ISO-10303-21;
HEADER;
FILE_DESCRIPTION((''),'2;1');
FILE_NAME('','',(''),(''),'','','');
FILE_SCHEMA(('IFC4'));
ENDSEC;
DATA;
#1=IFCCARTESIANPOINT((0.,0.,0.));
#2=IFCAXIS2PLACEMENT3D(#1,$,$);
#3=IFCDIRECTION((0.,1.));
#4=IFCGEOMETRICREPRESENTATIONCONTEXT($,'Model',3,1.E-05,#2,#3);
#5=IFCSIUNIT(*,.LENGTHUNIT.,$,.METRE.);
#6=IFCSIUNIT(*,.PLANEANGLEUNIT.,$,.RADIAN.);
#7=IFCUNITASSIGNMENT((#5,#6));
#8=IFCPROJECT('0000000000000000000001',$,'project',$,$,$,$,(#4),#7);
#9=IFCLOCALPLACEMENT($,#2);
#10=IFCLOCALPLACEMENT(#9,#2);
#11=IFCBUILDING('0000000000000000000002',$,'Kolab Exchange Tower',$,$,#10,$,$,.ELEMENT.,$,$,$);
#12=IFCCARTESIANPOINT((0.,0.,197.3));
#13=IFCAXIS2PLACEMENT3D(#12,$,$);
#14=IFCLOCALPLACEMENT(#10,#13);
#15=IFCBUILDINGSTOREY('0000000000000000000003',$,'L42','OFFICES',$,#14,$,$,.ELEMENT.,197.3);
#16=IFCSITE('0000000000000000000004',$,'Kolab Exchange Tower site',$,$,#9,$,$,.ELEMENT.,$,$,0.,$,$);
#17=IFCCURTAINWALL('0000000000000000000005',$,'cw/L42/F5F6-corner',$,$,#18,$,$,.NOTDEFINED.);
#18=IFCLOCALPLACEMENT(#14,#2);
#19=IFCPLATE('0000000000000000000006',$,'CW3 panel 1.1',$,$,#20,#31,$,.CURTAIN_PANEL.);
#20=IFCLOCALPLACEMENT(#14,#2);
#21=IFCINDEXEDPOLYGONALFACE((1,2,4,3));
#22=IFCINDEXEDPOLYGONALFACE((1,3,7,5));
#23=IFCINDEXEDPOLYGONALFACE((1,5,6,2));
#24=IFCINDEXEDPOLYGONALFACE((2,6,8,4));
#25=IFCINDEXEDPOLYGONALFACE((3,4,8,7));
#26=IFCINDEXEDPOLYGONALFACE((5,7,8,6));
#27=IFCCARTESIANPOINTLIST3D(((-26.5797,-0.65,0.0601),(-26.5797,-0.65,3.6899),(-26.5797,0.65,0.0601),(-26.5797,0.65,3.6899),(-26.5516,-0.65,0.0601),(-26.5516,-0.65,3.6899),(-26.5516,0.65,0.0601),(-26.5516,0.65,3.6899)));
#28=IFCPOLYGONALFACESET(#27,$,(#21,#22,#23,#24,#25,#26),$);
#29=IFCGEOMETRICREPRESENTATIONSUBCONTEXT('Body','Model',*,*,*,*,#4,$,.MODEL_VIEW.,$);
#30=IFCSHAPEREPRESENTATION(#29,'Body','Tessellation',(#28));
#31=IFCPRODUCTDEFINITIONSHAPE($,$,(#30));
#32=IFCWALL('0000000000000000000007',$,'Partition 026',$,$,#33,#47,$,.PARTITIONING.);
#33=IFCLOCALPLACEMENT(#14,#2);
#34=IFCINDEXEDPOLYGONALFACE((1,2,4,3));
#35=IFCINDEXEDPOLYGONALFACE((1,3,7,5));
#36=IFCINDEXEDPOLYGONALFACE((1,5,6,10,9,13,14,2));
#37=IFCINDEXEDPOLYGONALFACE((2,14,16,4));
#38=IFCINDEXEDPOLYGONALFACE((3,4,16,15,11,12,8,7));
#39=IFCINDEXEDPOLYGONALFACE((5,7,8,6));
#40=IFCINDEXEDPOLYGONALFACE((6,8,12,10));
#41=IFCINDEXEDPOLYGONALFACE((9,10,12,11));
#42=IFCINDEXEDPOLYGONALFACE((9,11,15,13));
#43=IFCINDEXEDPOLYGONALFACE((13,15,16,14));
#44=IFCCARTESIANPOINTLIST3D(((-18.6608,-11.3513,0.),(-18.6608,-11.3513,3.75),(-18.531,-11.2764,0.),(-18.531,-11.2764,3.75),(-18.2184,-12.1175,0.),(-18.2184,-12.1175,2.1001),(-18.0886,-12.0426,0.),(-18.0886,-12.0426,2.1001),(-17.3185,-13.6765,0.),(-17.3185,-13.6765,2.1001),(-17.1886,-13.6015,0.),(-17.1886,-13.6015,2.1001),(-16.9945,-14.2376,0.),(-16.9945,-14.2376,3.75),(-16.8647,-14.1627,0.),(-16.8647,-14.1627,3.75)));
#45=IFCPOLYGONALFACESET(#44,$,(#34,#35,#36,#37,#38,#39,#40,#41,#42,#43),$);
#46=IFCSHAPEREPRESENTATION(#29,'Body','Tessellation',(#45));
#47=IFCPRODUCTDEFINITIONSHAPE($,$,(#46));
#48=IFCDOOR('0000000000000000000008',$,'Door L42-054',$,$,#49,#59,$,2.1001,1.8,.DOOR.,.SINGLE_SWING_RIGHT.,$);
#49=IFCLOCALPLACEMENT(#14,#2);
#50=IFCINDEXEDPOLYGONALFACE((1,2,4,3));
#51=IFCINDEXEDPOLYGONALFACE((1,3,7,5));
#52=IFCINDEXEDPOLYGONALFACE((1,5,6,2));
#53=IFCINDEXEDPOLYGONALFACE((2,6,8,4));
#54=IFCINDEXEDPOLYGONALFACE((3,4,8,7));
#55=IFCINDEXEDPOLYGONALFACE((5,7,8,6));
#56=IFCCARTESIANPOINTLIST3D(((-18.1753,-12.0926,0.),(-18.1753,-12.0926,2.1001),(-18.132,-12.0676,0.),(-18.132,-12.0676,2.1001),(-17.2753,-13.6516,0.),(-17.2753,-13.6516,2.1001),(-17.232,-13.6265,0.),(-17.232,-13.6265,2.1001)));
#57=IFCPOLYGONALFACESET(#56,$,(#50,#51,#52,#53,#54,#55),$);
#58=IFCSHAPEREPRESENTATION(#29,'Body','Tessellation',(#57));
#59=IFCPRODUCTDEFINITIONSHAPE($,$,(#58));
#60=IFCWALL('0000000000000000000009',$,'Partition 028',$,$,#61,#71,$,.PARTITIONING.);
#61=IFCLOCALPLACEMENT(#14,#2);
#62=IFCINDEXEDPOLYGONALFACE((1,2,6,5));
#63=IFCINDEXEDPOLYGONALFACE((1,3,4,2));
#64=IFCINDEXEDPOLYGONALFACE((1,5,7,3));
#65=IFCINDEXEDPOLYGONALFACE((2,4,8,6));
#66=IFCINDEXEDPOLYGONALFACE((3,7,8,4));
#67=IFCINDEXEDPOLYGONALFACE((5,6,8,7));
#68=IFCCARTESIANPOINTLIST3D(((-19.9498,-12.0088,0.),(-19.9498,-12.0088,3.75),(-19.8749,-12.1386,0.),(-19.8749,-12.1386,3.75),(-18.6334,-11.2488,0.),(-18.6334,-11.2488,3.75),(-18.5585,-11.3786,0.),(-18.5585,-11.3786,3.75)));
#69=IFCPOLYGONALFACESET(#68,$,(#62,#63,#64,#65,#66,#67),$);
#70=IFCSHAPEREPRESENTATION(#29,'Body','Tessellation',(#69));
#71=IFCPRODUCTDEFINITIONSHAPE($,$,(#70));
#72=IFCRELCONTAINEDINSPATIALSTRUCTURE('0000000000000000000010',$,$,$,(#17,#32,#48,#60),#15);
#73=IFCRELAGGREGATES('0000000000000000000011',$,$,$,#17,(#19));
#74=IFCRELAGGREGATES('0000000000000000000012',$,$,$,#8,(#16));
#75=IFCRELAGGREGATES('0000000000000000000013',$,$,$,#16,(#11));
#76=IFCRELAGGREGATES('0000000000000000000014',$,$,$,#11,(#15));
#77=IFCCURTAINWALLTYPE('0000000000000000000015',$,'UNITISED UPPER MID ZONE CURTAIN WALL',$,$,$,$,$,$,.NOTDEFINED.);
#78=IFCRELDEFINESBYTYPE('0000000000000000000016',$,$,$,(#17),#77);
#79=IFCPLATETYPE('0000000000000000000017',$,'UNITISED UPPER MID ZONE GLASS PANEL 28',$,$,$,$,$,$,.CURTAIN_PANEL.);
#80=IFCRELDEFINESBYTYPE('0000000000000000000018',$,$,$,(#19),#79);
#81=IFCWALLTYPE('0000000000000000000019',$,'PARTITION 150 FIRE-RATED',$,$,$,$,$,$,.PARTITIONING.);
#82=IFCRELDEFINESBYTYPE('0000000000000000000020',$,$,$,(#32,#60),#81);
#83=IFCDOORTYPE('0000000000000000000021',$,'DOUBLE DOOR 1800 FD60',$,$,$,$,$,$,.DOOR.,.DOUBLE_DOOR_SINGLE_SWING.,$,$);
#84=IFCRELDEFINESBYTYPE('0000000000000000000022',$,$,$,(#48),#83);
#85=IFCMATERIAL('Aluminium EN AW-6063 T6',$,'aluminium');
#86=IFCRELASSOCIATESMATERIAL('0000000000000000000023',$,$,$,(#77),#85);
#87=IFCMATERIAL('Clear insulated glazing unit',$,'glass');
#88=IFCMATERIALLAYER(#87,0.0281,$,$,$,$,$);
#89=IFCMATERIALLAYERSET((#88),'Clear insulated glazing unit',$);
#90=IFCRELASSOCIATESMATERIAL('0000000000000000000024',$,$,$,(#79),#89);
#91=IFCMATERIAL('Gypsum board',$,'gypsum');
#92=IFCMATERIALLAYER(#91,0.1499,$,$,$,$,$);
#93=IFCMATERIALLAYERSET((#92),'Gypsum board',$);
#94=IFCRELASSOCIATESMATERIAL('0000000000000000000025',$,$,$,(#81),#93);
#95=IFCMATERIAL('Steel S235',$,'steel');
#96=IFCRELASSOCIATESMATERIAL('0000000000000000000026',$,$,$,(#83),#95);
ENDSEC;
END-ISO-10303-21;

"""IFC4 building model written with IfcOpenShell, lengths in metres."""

from ifc_helpers import new_model, si_unit, direction, frame, frame_2d, origin, origin_2d, place, context, subcontext, project, spatial, rectangle, extrude, material, layer, layer_set, type_object, element, fill, aggregate, save


model = new_model("IFC4")

# Units and contexts
model_context = context("Model", 3, precision=1e-05, world=origin(), true_north=direction((0.0, 1.0)))
body_context = subcontext(model_context, "Body", "Model", "MODEL_VIEW")
ifc_project = project(units=[si_unit("LENGTHUNIT", "METRE"), si_unit("PLANEANGLEUNIT", "RADIAN")], contexts=[model_context])

# Site, building, storey
site_placement = place(None, origin())
site = spatial("IfcSite", under=ifc_project, at=site_placement, Name="Kolab Exchange Tower site", CompositionType="ELEMENT", RefElevation=0.0)
building_placement = place(site_placement, origin())
building = spatial("IfcBuilding", under=site, at=building_placement, Name="Kolab Exchange Tower", CompositionType="ELEMENT")
storey_placement = place(building_placement, frame((0.0, 0.0, 197.3)))
storey = spatial("IfcBuildingStorey", under=building, at=storey_placement, Name="L42", Description="OFFICES", CompositionType="ELEMENT", Elevation=197.3)

# Shared definitions
ifc_material_1 = material(Name="Aluminium EN AW-6063 T6", Category="aluminium")
curtain_wall_type = type_object("IfcCurtainWallType", Name="UNITISED UPPER MID ZONE CURTAIN WALL", PredefinedType="NOTDEFINED", material=ifc_material_1)

# Curtain wall
curtain_wall_1_placement = place(storey_placement, origin())
curtain_wall_1 = element("IfcCurtainWall", 1, at=curtain_wall_1_placement, inside=storey, type_object=curtain_wall_type, Name="cw/L42/F5F6-corner", PredefinedType="NOTDEFINED")

# Plate
ifc_material_2 = material(Name="Clear insulated glazing unit", Category="glass")
ifc_layer_1 = layer(ifc_material_2, 0.0281)
ifc_layer_set_1 = layer_set([ifc_layer_1], Name="Clear insulated glazing unit")
plate_type = type_object("IfcPlateType", Name="UNITISED UPPER MID ZONE GLASS PANEL 28", PredefinedType="CURTAIN_PANEL", material=ifc_layer_set_1)
plate_1_placement = place(storey_placement, frame((-26.5657, 0.0, 0.0601), z_axis=(0.0, 0.0, 1.0), x_axis=(0.0, 1.0, 0.0)))
plate_1 = element("IfcPlate", 2, at=plate_1_placement, type_object=plate_type, Name="CW3 panel 1.1", PredefinedType="CURTAIN_PANEL", context=body_context, shape_type="SweptSolid", body=[
    extrude(rectangle(XDim=1.3, YDim=0.0281, at=origin_2d()), origin(), (0.0, 0.0, 1.0), 3.6299),
])
aggregate(curtain_wall_1, [plate_1])

# Wall, opening, door
ifc_material_3 = material(Name="Gypsum board", Category="gypsum")
ifc_layer_2 = layer(ifc_material_3, 0.1499)
ifc_layer_set_2 = layer_set([ifc_layer_2], Name="Gypsum board")
wall_type = type_object("IfcWallType", Name="PARTITION 150 FIRE-RATED", PredefinedType="PARTITIONING", material=ifc_layer_set_2)
wall_1_placement = place(storey_placement, frame((-18.5959, -11.3137, 0.0), z_axis=(0.0, 0.0, 1.0), x_axis=(0.499976, -0.866039, 0.0)))
wall_1 = element("IfcWall", 3, at=wall_1_placement, inside=storey, type_object=wall_type, Name="Partition 026", PredefinedType="PARTITIONING", context=body_context, shape_type="SweptSolid", body=[
    extrude(rectangle(XDim=3.3328, YDim=0.1499, at=frame_2d((1.6665, 0.0))), origin(), (0.0, 0.0, 1.0), 3.75),
])
opening_placement = place(wall_1_placement, frame((0.885, 0.0, 0.0)))
opening = element("IfcOpeningElement", 4, at=opening_placement, cuts=wall_1, PredefinedType="OPENING", context=body_context, shape_type="SweptSolid", body=[
    extrude(rectangle(XDim=1.8, YDim=2.1001, at=frame_2d((0.8999, 1.05))), frame((0.0, 0.085, 0.0), z_axis=(0.0, -1.0, 0.0), x_axis=(1.0, 0.0, 0.0)), (0.0, 0.0, 1.0), 0.1699),
])
ifc_material_4 = material(Name="Steel S235", Category="steel")
door_type = type_object("IfcDoorType", Name="DOUBLE DOOR 1800 FD60", OperationType="DOUBLE_DOOR_SINGLE_SWING", PredefinedType="DOOR", material=ifc_material_4)
door_placement = place(opening_placement, origin())
door = element("IfcDoor", 5, at=door_placement, inside=storey, type_object=door_type, Name="Door L42-054", OperationType="SINGLE_SWING_RIGHT", OverallHeight=2.1001, OverallWidth=1.8, PredefinedType="DOOR", context=body_context, shape_type="SweptSolid", body=[
    extrude(rectangle(XDim=1.8, YDim=2.1001, at=frame_2d((0.8999, 1.05))), frame((0.0, 0.0249, 0.0), z_axis=(0.0, -1.0, 0.0), x_axis=(1.0, 0.0, 0.0)), (0.0, 0.0, 1.0), 0.05),
])
fill(opening, door)

# Wall
wall_2_placement = place(storey_placement, frame((-19.9124, -12.0737, 0.0), z_axis=(0.0, 0.0, 1.0), x_axis=(0.86603, 0.499991, 0.0)))
element("IfcWall", 6, at=wall_2_placement, inside=storey, type_object=wall_type, Name="Partition 028", PredefinedType="PARTITIONING", context=body_context, shape_type="SweptSolid", body=[
    extrude(rectangle(XDim=1.52, YDim=0.1499, at=frame_2d((0.76, 0.0))), origin(), (0.0, 0.0, 1.0), 3.75),
])

save(model, "model.ifc")
